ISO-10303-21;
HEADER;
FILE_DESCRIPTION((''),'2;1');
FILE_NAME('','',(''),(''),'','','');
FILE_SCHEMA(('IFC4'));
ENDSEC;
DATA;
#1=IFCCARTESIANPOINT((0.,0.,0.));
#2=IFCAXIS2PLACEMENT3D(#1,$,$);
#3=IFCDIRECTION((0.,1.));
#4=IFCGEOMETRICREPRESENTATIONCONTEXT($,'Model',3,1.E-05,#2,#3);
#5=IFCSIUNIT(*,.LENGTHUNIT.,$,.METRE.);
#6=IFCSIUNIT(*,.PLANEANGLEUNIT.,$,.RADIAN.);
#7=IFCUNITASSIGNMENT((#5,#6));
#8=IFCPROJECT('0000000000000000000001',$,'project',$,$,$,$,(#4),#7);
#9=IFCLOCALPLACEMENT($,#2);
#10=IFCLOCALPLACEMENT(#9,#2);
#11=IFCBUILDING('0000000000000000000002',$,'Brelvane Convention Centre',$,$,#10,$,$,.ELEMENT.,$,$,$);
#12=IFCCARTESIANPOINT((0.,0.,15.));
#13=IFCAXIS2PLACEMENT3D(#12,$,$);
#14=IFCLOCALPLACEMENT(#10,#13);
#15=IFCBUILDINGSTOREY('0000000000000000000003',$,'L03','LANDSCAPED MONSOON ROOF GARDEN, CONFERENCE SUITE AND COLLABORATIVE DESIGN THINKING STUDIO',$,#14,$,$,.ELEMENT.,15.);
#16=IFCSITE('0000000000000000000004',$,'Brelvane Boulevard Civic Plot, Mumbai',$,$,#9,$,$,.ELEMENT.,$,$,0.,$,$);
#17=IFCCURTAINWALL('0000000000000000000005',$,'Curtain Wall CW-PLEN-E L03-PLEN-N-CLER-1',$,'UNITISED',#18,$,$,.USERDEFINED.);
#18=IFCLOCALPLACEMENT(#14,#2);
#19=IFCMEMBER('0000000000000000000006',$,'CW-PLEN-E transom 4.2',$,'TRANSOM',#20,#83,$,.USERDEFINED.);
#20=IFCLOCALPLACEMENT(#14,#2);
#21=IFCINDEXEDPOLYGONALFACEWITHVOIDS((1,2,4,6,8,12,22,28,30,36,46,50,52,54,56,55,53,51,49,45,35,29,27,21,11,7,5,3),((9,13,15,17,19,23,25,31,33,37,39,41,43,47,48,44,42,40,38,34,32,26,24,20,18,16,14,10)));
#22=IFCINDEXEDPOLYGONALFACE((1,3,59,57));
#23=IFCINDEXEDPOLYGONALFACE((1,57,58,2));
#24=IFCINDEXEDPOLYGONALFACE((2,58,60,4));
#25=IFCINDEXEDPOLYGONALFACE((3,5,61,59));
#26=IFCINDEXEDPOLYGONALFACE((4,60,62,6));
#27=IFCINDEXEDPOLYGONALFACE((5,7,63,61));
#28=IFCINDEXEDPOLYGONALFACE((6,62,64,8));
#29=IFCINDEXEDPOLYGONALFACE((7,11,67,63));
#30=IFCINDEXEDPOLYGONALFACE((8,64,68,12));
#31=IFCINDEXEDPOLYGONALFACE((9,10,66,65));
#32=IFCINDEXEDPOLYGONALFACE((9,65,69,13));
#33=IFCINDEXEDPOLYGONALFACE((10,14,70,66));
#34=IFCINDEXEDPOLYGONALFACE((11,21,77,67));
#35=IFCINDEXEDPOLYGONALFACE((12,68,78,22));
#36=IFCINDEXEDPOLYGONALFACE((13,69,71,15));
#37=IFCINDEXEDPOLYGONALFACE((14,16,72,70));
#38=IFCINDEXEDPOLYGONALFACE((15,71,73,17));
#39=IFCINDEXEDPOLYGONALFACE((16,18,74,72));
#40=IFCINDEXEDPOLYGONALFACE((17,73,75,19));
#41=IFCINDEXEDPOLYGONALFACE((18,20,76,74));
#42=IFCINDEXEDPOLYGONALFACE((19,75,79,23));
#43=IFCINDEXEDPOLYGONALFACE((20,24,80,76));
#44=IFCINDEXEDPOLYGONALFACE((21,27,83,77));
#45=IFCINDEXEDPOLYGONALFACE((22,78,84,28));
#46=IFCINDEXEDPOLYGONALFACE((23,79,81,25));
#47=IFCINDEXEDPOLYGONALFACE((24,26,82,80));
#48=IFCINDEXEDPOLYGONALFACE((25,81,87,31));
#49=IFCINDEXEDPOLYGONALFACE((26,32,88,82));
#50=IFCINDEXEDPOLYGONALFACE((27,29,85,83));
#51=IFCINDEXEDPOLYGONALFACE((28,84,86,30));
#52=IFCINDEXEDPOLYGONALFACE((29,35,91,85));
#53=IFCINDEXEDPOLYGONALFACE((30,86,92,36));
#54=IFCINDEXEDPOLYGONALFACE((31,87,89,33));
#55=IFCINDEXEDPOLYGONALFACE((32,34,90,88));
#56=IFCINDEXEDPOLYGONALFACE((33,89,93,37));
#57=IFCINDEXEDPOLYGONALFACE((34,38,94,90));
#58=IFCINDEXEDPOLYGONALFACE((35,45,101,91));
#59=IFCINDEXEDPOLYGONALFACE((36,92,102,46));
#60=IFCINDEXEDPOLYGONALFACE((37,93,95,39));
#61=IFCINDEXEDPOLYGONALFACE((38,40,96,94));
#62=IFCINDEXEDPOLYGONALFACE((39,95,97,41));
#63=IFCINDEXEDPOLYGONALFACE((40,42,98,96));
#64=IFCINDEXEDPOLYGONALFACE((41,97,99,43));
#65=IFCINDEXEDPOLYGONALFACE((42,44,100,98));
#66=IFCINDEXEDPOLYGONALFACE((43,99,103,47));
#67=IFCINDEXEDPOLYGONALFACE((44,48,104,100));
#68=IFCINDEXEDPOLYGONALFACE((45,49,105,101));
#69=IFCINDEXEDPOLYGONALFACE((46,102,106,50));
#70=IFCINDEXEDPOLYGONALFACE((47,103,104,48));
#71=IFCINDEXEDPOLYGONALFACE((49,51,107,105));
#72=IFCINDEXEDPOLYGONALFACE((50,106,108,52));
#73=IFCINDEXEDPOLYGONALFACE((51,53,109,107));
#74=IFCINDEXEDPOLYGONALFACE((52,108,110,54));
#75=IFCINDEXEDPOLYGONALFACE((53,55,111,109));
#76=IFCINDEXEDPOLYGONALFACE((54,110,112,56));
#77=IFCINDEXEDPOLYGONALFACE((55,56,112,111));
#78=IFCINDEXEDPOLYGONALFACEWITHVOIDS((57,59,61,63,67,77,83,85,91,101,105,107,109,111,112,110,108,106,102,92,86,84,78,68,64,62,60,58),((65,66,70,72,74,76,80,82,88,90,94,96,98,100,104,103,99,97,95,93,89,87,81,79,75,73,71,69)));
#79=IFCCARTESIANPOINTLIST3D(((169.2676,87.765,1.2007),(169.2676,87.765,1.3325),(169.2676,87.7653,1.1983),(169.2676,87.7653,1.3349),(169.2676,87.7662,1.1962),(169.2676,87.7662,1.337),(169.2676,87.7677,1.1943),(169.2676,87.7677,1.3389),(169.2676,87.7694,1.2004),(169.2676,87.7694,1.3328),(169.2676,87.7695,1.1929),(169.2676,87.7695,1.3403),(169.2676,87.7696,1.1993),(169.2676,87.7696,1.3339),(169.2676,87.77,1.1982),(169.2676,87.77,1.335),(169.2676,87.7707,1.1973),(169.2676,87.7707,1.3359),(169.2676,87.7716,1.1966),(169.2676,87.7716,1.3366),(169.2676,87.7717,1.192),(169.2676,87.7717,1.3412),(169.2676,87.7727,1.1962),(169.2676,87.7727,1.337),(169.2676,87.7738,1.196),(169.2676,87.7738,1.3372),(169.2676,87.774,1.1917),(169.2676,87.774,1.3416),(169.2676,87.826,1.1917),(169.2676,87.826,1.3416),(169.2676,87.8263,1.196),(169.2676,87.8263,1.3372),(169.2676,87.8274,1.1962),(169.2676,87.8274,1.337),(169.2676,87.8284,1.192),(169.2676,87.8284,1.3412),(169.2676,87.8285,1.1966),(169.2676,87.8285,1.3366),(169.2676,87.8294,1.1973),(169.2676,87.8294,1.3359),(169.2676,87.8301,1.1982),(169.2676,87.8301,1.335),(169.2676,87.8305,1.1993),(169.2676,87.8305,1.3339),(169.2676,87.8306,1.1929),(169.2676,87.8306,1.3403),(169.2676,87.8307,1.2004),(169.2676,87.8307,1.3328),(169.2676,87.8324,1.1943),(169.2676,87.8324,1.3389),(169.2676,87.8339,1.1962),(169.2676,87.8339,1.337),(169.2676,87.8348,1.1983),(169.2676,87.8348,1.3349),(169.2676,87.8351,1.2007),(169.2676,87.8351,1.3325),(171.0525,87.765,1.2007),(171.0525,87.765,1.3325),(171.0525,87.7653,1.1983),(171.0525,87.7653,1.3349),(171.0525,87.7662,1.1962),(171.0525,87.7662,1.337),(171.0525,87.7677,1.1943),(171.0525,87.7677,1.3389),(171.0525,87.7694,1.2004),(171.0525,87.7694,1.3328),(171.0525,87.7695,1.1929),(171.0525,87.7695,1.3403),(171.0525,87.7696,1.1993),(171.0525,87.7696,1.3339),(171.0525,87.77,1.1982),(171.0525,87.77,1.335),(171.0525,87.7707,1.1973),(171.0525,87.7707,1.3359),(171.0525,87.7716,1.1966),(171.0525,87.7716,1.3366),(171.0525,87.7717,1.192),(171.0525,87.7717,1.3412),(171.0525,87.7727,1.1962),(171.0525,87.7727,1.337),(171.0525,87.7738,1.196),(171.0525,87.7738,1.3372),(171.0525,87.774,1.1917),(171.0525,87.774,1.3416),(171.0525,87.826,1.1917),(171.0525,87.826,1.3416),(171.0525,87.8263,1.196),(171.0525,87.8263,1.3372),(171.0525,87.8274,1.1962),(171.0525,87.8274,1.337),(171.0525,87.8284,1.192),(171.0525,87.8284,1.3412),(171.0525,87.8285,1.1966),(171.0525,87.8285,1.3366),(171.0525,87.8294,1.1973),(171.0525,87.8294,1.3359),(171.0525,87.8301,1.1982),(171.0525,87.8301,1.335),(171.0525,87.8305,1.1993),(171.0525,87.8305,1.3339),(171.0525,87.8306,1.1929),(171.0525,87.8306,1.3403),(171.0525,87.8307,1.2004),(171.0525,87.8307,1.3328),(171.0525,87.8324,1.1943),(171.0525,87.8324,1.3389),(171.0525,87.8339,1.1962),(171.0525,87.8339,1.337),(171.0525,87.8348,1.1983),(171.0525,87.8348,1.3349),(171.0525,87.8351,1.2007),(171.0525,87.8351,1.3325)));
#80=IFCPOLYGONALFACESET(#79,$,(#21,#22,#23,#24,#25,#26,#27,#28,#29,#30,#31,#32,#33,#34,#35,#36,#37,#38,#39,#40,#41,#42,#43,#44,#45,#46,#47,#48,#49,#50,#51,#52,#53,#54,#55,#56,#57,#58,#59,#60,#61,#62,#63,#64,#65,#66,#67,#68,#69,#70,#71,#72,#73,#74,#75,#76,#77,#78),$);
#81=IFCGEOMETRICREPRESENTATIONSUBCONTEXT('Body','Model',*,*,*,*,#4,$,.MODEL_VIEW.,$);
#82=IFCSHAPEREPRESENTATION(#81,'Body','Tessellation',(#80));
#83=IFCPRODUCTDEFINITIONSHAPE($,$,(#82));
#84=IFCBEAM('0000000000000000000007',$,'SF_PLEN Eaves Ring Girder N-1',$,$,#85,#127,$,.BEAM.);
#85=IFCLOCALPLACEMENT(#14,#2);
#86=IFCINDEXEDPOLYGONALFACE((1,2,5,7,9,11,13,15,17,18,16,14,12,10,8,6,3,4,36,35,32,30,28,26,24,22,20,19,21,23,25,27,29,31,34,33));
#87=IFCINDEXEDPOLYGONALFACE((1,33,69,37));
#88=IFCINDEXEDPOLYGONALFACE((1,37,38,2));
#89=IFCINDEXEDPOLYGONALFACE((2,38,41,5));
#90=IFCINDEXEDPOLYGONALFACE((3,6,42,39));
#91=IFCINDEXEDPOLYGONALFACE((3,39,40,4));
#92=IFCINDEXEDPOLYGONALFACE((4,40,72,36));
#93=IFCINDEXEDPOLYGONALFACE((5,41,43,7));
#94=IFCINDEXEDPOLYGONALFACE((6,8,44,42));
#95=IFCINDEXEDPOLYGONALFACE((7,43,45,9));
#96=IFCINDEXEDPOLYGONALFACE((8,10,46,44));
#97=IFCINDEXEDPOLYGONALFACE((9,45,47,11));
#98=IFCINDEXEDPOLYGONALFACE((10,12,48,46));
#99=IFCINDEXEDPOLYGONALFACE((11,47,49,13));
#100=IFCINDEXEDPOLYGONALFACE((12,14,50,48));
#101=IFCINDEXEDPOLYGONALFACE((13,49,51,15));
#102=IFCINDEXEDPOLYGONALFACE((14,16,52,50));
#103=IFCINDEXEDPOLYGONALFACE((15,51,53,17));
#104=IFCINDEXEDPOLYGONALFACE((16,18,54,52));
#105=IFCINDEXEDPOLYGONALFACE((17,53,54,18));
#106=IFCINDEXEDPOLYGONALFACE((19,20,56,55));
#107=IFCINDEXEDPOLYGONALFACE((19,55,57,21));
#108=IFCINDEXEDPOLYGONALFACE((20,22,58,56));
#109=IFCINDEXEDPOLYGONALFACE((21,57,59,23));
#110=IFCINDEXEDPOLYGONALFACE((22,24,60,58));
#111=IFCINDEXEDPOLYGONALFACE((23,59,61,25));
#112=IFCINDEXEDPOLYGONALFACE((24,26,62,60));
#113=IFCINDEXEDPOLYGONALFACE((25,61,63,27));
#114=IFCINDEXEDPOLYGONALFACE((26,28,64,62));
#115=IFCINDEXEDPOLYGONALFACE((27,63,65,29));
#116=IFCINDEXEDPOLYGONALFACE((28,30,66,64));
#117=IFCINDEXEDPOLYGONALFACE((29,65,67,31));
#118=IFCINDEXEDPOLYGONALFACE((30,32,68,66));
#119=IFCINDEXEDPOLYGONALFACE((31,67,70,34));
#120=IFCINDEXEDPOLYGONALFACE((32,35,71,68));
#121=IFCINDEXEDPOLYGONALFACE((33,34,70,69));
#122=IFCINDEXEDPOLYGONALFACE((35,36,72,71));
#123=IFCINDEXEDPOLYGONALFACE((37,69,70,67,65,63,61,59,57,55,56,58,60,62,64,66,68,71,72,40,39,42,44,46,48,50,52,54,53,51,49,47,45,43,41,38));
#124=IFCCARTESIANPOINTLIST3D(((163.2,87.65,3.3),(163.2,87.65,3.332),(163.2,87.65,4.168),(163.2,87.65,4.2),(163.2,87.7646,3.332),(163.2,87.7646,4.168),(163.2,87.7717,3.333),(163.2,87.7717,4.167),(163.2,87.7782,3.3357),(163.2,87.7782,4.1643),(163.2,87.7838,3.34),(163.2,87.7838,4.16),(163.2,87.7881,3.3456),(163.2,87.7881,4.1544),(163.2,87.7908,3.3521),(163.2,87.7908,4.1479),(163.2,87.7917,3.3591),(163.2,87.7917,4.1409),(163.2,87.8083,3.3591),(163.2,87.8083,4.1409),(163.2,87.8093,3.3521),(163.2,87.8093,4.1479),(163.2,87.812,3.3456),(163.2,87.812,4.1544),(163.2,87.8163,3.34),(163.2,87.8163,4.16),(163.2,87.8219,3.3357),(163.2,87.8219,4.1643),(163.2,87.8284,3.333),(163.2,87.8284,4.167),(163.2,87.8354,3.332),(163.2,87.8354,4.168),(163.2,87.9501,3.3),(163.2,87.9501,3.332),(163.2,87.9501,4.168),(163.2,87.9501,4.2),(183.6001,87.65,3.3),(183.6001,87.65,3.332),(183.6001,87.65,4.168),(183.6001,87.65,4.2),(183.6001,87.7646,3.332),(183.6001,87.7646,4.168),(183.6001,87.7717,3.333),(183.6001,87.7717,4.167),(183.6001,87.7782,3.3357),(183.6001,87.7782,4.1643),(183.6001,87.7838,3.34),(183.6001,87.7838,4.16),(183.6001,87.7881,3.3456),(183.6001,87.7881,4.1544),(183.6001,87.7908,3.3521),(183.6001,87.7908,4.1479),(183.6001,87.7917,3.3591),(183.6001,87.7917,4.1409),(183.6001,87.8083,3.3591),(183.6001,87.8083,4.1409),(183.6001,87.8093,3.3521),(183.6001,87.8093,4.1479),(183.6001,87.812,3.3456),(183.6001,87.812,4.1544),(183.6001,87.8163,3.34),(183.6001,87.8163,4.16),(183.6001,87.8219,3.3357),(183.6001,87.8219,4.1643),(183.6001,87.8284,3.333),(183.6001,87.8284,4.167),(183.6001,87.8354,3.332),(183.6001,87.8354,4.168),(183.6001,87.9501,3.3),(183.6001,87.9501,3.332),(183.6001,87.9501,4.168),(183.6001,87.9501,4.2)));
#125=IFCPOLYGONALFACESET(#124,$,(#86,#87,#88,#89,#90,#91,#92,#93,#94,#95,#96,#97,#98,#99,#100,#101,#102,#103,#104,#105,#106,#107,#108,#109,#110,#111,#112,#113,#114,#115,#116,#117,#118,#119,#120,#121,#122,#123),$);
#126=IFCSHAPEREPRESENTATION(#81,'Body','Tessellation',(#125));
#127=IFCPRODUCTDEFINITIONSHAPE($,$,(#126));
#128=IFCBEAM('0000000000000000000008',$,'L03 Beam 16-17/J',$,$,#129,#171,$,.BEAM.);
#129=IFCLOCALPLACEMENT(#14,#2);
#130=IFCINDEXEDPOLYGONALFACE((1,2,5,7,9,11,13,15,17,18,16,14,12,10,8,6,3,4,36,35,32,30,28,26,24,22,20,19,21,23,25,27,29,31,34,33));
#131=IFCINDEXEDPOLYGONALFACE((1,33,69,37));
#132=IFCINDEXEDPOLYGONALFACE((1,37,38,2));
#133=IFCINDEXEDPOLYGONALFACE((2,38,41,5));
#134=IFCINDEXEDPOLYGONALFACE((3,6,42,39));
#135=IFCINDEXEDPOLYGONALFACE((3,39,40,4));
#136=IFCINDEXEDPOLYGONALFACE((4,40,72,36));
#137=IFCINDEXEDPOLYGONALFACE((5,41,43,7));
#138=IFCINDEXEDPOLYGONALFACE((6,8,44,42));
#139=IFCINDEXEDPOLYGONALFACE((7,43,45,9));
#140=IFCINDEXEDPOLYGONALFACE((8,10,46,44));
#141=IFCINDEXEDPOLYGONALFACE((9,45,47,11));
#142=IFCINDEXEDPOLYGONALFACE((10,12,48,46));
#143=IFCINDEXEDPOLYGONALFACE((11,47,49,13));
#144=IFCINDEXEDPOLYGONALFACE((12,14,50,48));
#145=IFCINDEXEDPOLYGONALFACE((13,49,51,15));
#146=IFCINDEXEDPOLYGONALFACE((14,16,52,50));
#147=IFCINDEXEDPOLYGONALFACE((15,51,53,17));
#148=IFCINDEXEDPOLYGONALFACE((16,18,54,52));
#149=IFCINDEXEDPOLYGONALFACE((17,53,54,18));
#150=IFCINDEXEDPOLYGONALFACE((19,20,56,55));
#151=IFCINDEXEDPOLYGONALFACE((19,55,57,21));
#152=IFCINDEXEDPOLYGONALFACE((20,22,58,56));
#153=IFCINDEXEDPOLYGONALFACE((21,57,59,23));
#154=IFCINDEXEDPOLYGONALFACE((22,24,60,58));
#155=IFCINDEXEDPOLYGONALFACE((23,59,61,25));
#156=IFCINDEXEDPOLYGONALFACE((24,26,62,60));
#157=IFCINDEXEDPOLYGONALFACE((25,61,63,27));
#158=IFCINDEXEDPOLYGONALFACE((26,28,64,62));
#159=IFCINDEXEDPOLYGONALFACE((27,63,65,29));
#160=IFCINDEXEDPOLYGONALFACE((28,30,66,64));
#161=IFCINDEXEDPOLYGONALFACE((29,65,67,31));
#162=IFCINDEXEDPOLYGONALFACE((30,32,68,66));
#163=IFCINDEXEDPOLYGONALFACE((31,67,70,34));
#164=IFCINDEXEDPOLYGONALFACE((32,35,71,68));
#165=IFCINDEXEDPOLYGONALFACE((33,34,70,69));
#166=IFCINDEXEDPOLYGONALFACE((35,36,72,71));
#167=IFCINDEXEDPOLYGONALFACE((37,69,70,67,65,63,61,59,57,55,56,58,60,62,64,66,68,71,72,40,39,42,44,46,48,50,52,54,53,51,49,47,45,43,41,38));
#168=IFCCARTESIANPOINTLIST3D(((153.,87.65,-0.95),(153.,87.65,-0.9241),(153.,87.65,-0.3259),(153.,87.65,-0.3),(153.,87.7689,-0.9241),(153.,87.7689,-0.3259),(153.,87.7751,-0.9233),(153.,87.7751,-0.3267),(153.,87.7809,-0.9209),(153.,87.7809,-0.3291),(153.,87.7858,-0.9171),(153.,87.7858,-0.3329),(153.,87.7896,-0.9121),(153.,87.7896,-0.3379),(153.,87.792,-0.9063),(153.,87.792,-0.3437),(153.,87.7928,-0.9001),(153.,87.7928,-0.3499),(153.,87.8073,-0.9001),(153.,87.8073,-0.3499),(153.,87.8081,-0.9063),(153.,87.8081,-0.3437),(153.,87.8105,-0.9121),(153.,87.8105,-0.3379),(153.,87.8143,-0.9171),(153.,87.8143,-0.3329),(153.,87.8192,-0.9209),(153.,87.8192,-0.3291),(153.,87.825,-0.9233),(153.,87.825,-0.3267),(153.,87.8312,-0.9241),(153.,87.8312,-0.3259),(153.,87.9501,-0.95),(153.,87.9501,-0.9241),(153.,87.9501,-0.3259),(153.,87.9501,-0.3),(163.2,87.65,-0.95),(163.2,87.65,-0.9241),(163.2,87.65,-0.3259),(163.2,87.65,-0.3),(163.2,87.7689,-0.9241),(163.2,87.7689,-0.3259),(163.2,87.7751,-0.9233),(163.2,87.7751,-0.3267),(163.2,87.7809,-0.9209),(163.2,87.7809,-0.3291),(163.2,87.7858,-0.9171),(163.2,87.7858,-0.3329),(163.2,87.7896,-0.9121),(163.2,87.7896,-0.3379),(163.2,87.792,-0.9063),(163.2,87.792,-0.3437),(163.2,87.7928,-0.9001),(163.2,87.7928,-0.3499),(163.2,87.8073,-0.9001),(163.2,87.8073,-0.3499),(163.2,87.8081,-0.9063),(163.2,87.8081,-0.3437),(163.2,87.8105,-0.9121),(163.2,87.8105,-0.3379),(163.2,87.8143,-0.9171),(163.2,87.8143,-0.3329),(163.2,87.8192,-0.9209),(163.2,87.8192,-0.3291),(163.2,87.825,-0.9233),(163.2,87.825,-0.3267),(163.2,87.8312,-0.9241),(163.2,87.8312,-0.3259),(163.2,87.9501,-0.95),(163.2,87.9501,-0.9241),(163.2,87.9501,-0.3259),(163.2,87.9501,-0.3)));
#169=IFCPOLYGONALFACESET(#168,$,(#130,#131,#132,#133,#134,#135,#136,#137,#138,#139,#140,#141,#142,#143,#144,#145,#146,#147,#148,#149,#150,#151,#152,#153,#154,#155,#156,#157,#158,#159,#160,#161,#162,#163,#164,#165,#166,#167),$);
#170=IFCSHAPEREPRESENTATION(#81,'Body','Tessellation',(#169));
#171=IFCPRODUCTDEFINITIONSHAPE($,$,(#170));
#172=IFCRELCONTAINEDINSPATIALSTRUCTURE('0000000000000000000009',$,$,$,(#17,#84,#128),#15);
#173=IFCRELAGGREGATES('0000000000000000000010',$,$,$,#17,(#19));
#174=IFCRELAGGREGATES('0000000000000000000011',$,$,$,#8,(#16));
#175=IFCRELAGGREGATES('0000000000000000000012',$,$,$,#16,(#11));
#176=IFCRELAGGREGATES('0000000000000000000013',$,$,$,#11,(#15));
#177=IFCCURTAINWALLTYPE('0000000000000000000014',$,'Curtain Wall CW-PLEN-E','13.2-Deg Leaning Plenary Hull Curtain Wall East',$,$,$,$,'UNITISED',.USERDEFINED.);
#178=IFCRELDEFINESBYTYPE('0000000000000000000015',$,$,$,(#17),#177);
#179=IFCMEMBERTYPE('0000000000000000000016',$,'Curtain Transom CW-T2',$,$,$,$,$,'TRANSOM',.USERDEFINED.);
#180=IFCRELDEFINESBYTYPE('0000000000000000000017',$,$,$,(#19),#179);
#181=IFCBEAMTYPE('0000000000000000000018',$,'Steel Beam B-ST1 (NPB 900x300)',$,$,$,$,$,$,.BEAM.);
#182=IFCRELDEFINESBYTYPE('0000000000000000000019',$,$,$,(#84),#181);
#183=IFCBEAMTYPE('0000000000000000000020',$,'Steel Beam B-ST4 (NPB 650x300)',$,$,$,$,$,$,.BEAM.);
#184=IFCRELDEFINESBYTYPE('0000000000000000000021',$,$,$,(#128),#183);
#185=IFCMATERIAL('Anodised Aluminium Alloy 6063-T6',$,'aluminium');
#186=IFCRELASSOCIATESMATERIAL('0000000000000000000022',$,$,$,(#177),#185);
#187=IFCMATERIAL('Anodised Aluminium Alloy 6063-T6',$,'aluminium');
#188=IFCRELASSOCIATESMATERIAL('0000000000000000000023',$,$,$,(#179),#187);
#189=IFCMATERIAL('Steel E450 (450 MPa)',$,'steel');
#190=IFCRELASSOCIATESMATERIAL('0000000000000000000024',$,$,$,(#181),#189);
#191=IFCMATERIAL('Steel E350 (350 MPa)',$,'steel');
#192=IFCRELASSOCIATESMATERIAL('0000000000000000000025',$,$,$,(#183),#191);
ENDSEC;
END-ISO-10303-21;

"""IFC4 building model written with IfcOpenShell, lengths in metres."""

from ifc_helpers import new_model, si_unit, direction, frame, origin, origin_2d, place, context, subcontext, project, spatial, hollow_rectangle, i_section, extrude, material, material_profile, profile_set, type_object, element, aggregate, save


model = new_model("IFC4")

# Units and contexts
model_context = context("Model", 3, precision=1e-05, world=origin(), true_north=direction((0.0, 1.0)))
body_context = subcontext(model_context, "Body", "Model", "MODEL_VIEW")
ifc_project = project(units=[si_unit("LENGTHUNIT", "METRE"), si_unit("PLANEANGLEUNIT", "RADIAN")], contexts=[model_context])

# Site, building, storey
site_placement = place(None, origin())
site = spatial("IfcSite", under=ifc_project, at=site_placement, Name="Brelvane Boulevard Civic Plot, Mumbai", CompositionType="ELEMENT", RefElevation=0.0)
building_placement = place(site_placement, origin())
building = spatial("IfcBuilding", under=site, at=building_placement, Name="Brelvane Convention Centre", CompositionType="ELEMENT")
storey_placement = place(building_placement, frame((0.0, 0.0, 15.0)))
storey = spatial("IfcBuildingStorey", under=building, at=storey_placement, Name="L03", Description="LANDSCAPED MONSOON ROOF GARDEN, CONFERENCE SUITE AND COLLABORATIVE DESIGN THINKING STUDIO", CompositionType="ELEMENT", Elevation=15.0)

# Curtain wall, member
ifc_material_1 = material(Name="Anodised Aluminium Alloy 6063-T6", Category="aluminium")
curtain_wall_type = type_object("IfcCurtainWallType", Name="Curtain Wall CW-PLEN-E", Description="13.2-Deg Leaning Plenary Hull Curtain Wall East", ElementType="UNITISED", PredefinedType="USERDEFINED", material=ifc_material_1)
curtain_wall_placement = place(storey_placement, origin())
curtain_wall = element("IfcCurtainWall", 1, at=curtain_wall_placement, inside=storey, type_object=curtain_wall_type, Name="Curtain Wall CW-PLEN-E L03-PLEN-N-CLER-1", ObjectType="UNITISED", PredefinedType="USERDEFINED")
ifc_material_2 = material(Name="Anodised Aluminium Alloy 6063-T6", Category="aluminium")
ifc_material_profile_1 = material_profile(ifc_material_2, hollow_rectangle(XDim=0.0701, YDim=0.1499, WallThickness=0.0044, InnerFilletRadius=0.0044, OuterFilletRadius=0.009, at=origin_2d()), Name="ALU-T 150x70x4.5")
ifc_profile_set_1 = profile_set([ifc_material_profile_1], Name="Anodised Aluminium Alloy 6063-T6")
member_type_1 = type_object("IfcMemberType", Name="Curtain Transom CW-T2", ElementType="TRANSOM", PredefinedType="USERDEFINED", material=ifc_profile_set_1)
member_1_placement = place(storey_placement, frame((169.2676, 87.8, 1.2666), z_axis=(1.0, 0.0, 0.0), x_axis=(0.0, 1.0, 0.0)))
member_1 = element("IfcMember", 2, at=member_1_placement, type_object=member_type_1, Name="CW-PLEN-E transom 4.2", ObjectType="TRANSOM", PredefinedType="USERDEFINED", context=body_context, shape_type="SweptSolid", body=[
    extrude(hollow_rectangle(XDim=0.0701, YDim=0.1499, WallThickness=0.0044, InnerFilletRadius=0.0044, OuterFilletRadius=0.009, at=origin_2d()), origin(), (0.0, 0.0, 1.0), 1.7849),
])

# Beams
ifc_material_3 = material(Name="Steel E450 (450 MPa)", Category="steel")
ifc_material_profile_2 = material_profile(ifc_material_3, i_section(OverallWidth=0.3, OverallDepth=0.8999, WebThickness=0.0166, FlangeThickness=0.032, FilletRadius=0.0271, at=origin_2d()), Name="NPB 900x300")
ifc_profile_set_2 = profile_set([ifc_material_profile_2], Name="Steel E450 (450 MPa)")
beam_type_1 = type_object("IfcBeamType", Name="Steel Beam B-ST1 (NPB 900x300)", PredefinedType="BEAM", material=ifc_profile_set_2)
beam_1_placement = place(storey_placement, frame((163.2, 87.8, 3.75), z_axis=(1.0, 0.0, 0.0), x_axis=(0.0, 1.0, 0.0)))
element("IfcBeam", 3, at=beam_1_placement, inside=storey, type_object=beam_type_1, Name="SF_PLEN Eaves Ring Girder N-1", PredefinedType="BEAM", context=body_context, shape_type="SweptSolid", body=[
    extrude(i_section(OverallWidth=0.3, OverallDepth=0.8999, WebThickness=0.0166, FlangeThickness=0.032, FilletRadius=0.0271, at=origin_2d()), origin(), (0.0, 0.0, 1.0), 20.4001),
])
ifc_material_4 = material(Name="Steel E350 (350 MPa)", Category="steel")
ifc_material_profile_3 = material_profile(ifc_material_4, i_section(OverallWidth=0.3, OverallDepth=0.6499, WebThickness=0.0144, FlangeThickness=0.0259, FilletRadius=0.0239, at=origin_2d()), Name="NPB 650x300")
ifc_profile_set_3 = profile_set([ifc_material_profile_3], Name="Steel E350 (350 MPa)")
beam_type_2 = type_object("IfcBeamType", Name="Steel Beam B-ST4 (NPB 650x300)", PredefinedType="BEAM", material=ifc_profile_set_3)
beam_2_placement = place(storey_placement, frame((153.0, 87.8, -0.625), z_axis=(1.0, 0.0, 0.0), x_axis=(0.0, 1.0, 0.0)))
element("IfcBeam", 4, at=beam_2_placement, inside=storey, type_object=beam_type_2, Name="L03 Beam 16-17/J", PredefinedType="BEAM", context=body_context, shape_type="SweptSolid", body=[
    extrude(i_section(OverallWidth=0.3, OverallDepth=0.6499, WebThickness=0.0144, FlangeThickness=0.0259, FilletRadius=0.0239, at=origin_2d()), origin(), (0.0, 0.0, 1.0), 10.2),
])

aggregate(curtain_wall, [member_1])

save(model, "model.ifc")
